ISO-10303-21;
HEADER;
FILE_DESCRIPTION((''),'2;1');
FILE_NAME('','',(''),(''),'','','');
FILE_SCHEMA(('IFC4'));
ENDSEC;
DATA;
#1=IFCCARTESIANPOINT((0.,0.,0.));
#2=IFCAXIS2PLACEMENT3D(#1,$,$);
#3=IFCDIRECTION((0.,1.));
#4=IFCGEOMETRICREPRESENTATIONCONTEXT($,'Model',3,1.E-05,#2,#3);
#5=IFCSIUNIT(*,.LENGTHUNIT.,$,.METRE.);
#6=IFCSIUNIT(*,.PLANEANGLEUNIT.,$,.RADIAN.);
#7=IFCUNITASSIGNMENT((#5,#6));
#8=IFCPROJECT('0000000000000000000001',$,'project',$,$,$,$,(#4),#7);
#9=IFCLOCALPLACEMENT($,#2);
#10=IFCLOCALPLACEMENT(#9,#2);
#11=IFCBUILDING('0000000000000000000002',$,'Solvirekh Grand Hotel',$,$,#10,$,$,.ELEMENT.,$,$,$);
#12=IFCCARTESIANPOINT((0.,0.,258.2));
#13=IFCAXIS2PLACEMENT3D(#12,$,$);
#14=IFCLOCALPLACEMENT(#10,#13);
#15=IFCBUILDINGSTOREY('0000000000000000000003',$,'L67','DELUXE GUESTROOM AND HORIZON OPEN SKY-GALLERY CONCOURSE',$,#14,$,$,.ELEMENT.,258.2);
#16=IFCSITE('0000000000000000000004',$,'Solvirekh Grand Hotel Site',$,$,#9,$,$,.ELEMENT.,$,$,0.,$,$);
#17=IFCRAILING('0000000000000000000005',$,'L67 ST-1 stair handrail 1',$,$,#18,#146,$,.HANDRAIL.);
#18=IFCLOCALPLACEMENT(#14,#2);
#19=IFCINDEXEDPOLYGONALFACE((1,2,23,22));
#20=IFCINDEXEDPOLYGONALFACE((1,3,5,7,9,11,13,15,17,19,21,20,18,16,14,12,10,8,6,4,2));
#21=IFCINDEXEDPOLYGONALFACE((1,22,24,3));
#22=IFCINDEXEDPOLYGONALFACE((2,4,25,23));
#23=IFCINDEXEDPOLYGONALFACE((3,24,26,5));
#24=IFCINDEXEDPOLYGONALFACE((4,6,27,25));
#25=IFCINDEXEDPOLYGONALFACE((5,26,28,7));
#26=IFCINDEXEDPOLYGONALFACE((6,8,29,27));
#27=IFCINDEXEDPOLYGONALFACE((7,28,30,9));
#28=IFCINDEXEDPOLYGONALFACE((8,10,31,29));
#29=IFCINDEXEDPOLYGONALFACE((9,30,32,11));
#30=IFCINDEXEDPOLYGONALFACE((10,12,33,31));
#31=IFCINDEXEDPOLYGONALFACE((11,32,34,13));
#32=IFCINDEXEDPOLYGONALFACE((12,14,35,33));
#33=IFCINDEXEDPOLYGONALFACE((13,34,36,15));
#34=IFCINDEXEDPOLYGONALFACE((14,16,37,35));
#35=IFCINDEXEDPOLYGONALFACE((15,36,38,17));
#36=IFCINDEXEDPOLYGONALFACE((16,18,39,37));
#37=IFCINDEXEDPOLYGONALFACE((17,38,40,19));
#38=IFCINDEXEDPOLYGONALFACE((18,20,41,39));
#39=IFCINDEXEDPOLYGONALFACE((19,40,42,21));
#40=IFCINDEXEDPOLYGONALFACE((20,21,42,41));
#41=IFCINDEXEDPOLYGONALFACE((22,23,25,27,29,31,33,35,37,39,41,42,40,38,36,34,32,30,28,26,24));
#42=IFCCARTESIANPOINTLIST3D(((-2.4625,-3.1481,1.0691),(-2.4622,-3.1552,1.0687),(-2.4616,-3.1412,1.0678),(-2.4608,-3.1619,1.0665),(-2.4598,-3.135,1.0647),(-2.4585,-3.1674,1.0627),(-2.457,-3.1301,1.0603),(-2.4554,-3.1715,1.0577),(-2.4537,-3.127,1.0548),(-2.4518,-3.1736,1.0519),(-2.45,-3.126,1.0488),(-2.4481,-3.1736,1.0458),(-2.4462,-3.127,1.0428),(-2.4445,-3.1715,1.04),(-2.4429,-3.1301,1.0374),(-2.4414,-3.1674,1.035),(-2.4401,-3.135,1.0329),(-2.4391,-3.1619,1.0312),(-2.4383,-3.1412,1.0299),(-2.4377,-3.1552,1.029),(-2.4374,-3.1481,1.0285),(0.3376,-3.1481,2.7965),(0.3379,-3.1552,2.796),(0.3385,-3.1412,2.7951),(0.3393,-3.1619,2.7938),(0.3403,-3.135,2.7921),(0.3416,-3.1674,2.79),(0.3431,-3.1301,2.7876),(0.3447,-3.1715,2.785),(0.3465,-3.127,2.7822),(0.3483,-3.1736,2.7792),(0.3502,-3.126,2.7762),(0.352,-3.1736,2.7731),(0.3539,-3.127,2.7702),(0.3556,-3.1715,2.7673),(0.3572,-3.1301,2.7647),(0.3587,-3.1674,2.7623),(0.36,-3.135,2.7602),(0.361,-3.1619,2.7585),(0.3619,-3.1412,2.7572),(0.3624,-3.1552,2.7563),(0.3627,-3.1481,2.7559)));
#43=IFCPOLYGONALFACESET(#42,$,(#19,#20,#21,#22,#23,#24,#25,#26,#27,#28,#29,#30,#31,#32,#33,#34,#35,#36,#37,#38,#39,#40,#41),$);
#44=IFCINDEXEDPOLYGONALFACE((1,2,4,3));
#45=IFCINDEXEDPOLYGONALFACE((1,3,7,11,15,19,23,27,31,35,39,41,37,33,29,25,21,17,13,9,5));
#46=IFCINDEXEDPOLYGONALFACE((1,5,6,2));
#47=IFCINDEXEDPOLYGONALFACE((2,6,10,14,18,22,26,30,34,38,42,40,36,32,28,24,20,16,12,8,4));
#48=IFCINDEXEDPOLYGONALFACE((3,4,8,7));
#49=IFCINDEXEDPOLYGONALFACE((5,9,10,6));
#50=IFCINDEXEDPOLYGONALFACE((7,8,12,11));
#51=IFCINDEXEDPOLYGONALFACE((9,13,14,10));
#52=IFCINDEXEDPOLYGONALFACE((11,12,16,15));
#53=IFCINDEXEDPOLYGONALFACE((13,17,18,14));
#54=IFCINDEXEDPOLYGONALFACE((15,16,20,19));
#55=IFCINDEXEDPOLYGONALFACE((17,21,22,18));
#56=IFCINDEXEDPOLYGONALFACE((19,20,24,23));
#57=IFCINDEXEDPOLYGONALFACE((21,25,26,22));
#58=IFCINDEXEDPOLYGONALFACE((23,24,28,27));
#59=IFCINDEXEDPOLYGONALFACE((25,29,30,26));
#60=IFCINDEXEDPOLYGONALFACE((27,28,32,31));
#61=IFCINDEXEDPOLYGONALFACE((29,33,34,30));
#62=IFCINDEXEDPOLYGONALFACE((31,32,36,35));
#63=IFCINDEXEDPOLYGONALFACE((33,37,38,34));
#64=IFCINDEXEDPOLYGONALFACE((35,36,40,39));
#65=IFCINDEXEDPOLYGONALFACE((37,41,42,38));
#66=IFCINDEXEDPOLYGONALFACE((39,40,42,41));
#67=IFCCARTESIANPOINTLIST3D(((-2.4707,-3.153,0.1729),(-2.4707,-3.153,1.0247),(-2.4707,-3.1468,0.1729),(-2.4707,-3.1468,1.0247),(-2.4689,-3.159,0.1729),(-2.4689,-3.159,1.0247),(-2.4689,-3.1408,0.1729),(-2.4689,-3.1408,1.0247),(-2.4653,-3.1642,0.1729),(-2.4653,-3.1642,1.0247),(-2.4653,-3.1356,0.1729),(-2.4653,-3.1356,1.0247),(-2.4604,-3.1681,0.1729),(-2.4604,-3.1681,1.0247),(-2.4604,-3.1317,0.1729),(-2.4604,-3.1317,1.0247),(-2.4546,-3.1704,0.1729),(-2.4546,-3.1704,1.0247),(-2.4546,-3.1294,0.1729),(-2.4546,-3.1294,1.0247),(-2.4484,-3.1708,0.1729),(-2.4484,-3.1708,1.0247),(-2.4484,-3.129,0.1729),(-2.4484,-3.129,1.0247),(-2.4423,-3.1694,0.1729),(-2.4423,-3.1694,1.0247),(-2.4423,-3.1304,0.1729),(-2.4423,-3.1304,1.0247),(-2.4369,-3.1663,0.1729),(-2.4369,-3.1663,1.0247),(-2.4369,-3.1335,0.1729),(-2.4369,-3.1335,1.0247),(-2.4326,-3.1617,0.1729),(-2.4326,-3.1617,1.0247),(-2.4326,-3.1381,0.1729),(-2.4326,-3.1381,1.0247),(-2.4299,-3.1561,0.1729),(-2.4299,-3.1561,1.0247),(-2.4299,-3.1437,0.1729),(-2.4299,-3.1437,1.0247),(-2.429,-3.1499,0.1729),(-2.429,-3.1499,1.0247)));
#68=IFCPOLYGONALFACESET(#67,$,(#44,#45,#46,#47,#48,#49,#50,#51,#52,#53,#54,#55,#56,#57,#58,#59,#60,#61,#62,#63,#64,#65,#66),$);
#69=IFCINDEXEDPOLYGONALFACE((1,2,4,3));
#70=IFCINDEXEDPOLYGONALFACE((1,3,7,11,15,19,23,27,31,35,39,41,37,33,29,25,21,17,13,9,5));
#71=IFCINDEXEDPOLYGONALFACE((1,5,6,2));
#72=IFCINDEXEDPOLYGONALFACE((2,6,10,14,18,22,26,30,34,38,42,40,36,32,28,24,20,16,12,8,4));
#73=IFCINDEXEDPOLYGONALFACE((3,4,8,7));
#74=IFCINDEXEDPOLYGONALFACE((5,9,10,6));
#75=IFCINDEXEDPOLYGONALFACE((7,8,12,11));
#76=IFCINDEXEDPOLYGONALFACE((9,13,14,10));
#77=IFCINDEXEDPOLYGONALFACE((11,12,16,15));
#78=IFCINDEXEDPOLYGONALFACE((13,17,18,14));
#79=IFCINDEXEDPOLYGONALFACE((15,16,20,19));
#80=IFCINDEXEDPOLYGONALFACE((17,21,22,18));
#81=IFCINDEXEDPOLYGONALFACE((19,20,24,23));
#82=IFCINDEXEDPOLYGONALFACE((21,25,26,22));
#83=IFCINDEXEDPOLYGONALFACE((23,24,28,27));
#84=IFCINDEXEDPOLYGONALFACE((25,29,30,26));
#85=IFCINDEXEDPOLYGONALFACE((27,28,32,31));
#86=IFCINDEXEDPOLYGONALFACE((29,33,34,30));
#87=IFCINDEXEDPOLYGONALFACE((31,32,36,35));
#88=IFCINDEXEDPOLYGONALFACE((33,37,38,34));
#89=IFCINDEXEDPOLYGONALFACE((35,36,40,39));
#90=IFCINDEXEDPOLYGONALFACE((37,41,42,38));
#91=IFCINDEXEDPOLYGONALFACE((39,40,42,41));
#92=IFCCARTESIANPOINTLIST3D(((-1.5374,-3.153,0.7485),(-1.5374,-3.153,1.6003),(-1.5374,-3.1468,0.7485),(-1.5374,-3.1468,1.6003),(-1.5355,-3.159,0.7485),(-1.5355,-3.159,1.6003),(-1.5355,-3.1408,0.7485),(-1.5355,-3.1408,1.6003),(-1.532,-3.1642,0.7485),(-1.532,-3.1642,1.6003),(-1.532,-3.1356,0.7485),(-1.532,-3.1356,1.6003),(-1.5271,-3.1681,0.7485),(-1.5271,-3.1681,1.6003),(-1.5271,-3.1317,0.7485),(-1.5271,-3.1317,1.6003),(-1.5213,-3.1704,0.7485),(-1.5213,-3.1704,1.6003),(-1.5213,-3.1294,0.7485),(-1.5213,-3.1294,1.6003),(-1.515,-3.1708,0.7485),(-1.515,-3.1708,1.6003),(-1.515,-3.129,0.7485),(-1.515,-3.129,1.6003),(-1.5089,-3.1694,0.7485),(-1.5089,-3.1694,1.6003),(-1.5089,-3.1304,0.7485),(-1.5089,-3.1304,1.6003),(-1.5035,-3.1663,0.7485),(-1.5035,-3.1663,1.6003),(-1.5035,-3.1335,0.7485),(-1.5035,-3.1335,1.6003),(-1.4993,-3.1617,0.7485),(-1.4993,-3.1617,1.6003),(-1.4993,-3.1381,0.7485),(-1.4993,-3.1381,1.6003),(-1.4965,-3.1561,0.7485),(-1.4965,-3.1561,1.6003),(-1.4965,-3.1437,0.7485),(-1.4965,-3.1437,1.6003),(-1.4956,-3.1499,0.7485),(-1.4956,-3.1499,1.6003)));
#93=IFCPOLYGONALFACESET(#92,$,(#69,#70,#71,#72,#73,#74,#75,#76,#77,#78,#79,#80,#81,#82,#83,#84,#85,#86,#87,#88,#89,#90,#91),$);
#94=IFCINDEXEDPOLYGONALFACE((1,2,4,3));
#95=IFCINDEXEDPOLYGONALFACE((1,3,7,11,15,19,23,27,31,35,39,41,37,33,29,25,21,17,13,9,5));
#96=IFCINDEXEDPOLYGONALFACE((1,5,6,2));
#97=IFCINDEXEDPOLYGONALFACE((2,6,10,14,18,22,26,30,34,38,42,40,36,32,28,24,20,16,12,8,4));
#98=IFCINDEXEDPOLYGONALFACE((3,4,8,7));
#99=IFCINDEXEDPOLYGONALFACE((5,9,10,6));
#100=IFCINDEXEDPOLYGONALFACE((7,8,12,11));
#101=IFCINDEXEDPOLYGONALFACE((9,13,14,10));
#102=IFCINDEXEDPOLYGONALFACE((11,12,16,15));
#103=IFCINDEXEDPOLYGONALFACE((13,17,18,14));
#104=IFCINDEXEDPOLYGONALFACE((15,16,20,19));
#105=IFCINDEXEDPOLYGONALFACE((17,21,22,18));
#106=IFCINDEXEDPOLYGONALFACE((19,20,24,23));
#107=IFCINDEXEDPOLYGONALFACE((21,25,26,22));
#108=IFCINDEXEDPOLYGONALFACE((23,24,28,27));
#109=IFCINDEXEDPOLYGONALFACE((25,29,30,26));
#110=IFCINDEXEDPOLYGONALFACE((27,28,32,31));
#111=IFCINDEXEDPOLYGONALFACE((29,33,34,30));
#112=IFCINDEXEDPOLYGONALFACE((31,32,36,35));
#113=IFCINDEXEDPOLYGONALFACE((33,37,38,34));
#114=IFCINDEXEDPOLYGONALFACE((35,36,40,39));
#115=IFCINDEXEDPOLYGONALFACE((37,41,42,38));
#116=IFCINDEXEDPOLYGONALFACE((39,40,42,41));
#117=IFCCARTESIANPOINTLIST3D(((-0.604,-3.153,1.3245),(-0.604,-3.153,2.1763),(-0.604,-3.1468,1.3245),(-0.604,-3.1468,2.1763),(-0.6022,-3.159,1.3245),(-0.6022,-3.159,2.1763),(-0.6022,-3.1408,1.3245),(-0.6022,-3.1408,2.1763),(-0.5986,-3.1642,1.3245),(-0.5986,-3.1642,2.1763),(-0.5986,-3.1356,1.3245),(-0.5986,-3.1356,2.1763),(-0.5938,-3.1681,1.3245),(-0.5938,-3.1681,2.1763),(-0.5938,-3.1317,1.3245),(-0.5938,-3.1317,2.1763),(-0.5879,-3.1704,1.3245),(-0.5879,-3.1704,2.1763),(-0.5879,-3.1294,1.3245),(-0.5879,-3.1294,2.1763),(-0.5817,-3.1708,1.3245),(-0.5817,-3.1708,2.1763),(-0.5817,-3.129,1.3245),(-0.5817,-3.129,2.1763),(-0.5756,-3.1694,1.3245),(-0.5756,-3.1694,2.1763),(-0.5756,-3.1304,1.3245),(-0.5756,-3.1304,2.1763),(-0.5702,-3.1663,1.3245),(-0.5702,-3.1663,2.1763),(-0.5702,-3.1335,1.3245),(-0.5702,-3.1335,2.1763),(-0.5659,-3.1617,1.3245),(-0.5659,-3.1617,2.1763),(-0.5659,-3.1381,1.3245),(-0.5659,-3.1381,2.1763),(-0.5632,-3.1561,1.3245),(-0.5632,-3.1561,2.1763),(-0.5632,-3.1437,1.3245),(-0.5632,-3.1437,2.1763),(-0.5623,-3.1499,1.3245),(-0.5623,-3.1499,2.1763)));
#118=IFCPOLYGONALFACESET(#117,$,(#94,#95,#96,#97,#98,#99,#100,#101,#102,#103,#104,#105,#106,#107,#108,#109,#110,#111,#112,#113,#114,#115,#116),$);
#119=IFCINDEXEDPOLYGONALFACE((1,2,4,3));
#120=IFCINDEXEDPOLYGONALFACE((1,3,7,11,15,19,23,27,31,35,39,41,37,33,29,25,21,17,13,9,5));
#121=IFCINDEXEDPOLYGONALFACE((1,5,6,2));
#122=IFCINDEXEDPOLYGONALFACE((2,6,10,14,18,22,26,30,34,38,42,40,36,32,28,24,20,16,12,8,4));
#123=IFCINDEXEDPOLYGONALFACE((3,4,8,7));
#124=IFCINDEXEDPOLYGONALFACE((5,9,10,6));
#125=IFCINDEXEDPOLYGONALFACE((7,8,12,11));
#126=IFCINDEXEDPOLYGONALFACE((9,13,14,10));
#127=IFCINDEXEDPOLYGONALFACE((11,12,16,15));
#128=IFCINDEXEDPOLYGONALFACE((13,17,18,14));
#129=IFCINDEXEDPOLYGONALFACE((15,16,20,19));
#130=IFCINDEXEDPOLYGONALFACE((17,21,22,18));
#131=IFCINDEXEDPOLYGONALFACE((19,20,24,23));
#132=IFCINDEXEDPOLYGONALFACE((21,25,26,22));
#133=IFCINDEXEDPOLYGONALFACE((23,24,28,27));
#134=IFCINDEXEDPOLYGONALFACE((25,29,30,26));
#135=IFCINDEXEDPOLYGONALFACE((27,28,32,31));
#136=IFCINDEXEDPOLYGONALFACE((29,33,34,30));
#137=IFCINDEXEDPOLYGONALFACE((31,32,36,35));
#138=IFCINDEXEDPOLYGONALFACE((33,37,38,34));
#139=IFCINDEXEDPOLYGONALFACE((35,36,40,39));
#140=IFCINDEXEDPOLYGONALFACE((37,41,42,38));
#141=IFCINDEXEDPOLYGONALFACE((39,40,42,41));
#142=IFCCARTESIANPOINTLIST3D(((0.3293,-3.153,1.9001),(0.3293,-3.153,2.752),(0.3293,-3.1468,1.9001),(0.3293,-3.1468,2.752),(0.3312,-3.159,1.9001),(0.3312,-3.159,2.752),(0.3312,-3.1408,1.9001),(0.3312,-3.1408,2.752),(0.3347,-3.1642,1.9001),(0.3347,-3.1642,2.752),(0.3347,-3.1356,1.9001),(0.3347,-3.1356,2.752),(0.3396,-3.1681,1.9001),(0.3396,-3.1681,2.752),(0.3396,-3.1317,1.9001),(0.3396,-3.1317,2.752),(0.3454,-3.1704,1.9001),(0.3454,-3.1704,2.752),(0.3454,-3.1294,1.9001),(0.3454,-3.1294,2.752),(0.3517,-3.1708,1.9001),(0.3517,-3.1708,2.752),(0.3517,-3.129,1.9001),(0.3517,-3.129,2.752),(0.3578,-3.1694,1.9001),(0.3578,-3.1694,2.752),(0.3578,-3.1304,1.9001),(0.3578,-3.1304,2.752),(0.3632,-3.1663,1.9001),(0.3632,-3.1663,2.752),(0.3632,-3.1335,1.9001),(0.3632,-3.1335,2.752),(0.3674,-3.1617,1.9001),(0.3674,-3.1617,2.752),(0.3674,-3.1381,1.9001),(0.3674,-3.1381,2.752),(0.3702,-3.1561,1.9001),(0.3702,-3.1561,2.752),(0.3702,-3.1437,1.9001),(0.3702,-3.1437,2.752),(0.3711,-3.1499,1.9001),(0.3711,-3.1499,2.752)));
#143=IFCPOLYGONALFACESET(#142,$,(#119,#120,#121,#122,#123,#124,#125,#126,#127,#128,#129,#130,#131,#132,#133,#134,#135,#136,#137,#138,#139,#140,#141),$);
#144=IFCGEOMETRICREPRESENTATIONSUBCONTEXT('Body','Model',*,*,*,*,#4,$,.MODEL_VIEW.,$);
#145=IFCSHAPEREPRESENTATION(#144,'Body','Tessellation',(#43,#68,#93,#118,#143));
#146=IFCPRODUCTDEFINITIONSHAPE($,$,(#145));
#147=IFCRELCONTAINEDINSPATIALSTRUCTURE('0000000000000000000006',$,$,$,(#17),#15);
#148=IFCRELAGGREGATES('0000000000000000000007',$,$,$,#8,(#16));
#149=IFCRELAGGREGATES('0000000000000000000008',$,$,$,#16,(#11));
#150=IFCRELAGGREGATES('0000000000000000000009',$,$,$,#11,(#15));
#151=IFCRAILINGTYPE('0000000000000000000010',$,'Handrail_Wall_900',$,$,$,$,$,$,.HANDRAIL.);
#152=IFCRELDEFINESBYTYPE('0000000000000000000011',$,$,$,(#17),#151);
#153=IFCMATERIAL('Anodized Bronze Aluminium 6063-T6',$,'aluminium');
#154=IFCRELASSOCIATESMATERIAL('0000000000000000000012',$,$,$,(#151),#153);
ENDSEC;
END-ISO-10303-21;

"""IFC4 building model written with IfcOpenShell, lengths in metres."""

from ifc_helpers import new_model, si_unit, direction, frame, origin, origin_2d, place, context, subcontext, project, spatial, circle, extrude, material, type_object, element, save


model = new_model("IFC4")

# Units and contexts
model_context = context("Model", 3, precision=1e-05, world=origin(), true_north=direction((0.0, 1.0)))
body_context = subcontext(model_context, "Body", "Model", "MODEL_VIEW")
ifc_project = project(units=[si_unit("LENGTHUNIT", "METRE"), si_unit("PLANEANGLEUNIT", "RADIAN")], contexts=[model_context])

# Site, building, storey
site_placement = place(None, origin())
site = spatial("IfcSite", under=ifc_project, at=site_placement, Name="Solvirekh Grand Hotel Site", CompositionType="ELEMENT", RefElevation=0.0)
building_placement = place(site_placement, origin())
building = spatial("IfcBuilding", under=site, at=building_placement, Name="Solvirekh Grand Hotel", CompositionType="ELEMENT")
storey_placement = place(building_placement, frame((0.0, 0.0, 258.2)))
storey = spatial("IfcBuildingStorey", under=building, at=storey_placement, Name="L67", Description="DELUXE GUESTROOM AND HORIZON OPEN SKY-GALLERY CONCOURSE", CompositionType="ELEMENT", Elevation=258.2)

# Railing
ifc_material_1 = material(Name="Anodized Bronze Aluminium 6063-T6", Category="aluminium")
railing_type_1 = type_object("IfcRailingType", Name="Handrail_Wall_900", PredefinedType="HANDRAIL", material=ifc_material_1)
railing_1_placement = place(storey_placement, frame((-2.45, -3.1499, 0.1729)))
element("IfcRailing", 1, at=railing_1_placement, inside=storey, type_object=railing_type_1, Name="L67 ST-1 stair handrail 1", PredefinedType="HANDRAIL", context=body_context, shape_type="SweptSolid", body=[
    extrude(circle(Radius=0.0239, at=origin_2d()), frame((0.0, 0.0, 0.876), z_axis=(0.85109, 0.0, 0.52502), x_axis=(0.0, 1.0, 0.0)), (0.0, 0.0, 1.0), 3.29),
    extrude(circle(Radius=0.021, at=origin_2d()), origin(), (0.0, 0.0, 1.0), 0.8518),
    extrude(circle(Radius=0.021, at=origin_2d()), frame((0.9333, 0.0, 0.5757)), (0.0, 0.0, 1.0), 0.8518),
    extrude(circle(Radius=0.021, at=origin_2d()), frame((1.8667, 0.0, 1.1516)), (0.0, 0.0, 1.0), 0.8518),
    extrude(circle(Radius=0.021, at=origin_2d()), frame((2.8, 0.0, 1.7273)), (0.0, 0.0, 1.0), 0.8518),
])

save(model, "model.ifc")
